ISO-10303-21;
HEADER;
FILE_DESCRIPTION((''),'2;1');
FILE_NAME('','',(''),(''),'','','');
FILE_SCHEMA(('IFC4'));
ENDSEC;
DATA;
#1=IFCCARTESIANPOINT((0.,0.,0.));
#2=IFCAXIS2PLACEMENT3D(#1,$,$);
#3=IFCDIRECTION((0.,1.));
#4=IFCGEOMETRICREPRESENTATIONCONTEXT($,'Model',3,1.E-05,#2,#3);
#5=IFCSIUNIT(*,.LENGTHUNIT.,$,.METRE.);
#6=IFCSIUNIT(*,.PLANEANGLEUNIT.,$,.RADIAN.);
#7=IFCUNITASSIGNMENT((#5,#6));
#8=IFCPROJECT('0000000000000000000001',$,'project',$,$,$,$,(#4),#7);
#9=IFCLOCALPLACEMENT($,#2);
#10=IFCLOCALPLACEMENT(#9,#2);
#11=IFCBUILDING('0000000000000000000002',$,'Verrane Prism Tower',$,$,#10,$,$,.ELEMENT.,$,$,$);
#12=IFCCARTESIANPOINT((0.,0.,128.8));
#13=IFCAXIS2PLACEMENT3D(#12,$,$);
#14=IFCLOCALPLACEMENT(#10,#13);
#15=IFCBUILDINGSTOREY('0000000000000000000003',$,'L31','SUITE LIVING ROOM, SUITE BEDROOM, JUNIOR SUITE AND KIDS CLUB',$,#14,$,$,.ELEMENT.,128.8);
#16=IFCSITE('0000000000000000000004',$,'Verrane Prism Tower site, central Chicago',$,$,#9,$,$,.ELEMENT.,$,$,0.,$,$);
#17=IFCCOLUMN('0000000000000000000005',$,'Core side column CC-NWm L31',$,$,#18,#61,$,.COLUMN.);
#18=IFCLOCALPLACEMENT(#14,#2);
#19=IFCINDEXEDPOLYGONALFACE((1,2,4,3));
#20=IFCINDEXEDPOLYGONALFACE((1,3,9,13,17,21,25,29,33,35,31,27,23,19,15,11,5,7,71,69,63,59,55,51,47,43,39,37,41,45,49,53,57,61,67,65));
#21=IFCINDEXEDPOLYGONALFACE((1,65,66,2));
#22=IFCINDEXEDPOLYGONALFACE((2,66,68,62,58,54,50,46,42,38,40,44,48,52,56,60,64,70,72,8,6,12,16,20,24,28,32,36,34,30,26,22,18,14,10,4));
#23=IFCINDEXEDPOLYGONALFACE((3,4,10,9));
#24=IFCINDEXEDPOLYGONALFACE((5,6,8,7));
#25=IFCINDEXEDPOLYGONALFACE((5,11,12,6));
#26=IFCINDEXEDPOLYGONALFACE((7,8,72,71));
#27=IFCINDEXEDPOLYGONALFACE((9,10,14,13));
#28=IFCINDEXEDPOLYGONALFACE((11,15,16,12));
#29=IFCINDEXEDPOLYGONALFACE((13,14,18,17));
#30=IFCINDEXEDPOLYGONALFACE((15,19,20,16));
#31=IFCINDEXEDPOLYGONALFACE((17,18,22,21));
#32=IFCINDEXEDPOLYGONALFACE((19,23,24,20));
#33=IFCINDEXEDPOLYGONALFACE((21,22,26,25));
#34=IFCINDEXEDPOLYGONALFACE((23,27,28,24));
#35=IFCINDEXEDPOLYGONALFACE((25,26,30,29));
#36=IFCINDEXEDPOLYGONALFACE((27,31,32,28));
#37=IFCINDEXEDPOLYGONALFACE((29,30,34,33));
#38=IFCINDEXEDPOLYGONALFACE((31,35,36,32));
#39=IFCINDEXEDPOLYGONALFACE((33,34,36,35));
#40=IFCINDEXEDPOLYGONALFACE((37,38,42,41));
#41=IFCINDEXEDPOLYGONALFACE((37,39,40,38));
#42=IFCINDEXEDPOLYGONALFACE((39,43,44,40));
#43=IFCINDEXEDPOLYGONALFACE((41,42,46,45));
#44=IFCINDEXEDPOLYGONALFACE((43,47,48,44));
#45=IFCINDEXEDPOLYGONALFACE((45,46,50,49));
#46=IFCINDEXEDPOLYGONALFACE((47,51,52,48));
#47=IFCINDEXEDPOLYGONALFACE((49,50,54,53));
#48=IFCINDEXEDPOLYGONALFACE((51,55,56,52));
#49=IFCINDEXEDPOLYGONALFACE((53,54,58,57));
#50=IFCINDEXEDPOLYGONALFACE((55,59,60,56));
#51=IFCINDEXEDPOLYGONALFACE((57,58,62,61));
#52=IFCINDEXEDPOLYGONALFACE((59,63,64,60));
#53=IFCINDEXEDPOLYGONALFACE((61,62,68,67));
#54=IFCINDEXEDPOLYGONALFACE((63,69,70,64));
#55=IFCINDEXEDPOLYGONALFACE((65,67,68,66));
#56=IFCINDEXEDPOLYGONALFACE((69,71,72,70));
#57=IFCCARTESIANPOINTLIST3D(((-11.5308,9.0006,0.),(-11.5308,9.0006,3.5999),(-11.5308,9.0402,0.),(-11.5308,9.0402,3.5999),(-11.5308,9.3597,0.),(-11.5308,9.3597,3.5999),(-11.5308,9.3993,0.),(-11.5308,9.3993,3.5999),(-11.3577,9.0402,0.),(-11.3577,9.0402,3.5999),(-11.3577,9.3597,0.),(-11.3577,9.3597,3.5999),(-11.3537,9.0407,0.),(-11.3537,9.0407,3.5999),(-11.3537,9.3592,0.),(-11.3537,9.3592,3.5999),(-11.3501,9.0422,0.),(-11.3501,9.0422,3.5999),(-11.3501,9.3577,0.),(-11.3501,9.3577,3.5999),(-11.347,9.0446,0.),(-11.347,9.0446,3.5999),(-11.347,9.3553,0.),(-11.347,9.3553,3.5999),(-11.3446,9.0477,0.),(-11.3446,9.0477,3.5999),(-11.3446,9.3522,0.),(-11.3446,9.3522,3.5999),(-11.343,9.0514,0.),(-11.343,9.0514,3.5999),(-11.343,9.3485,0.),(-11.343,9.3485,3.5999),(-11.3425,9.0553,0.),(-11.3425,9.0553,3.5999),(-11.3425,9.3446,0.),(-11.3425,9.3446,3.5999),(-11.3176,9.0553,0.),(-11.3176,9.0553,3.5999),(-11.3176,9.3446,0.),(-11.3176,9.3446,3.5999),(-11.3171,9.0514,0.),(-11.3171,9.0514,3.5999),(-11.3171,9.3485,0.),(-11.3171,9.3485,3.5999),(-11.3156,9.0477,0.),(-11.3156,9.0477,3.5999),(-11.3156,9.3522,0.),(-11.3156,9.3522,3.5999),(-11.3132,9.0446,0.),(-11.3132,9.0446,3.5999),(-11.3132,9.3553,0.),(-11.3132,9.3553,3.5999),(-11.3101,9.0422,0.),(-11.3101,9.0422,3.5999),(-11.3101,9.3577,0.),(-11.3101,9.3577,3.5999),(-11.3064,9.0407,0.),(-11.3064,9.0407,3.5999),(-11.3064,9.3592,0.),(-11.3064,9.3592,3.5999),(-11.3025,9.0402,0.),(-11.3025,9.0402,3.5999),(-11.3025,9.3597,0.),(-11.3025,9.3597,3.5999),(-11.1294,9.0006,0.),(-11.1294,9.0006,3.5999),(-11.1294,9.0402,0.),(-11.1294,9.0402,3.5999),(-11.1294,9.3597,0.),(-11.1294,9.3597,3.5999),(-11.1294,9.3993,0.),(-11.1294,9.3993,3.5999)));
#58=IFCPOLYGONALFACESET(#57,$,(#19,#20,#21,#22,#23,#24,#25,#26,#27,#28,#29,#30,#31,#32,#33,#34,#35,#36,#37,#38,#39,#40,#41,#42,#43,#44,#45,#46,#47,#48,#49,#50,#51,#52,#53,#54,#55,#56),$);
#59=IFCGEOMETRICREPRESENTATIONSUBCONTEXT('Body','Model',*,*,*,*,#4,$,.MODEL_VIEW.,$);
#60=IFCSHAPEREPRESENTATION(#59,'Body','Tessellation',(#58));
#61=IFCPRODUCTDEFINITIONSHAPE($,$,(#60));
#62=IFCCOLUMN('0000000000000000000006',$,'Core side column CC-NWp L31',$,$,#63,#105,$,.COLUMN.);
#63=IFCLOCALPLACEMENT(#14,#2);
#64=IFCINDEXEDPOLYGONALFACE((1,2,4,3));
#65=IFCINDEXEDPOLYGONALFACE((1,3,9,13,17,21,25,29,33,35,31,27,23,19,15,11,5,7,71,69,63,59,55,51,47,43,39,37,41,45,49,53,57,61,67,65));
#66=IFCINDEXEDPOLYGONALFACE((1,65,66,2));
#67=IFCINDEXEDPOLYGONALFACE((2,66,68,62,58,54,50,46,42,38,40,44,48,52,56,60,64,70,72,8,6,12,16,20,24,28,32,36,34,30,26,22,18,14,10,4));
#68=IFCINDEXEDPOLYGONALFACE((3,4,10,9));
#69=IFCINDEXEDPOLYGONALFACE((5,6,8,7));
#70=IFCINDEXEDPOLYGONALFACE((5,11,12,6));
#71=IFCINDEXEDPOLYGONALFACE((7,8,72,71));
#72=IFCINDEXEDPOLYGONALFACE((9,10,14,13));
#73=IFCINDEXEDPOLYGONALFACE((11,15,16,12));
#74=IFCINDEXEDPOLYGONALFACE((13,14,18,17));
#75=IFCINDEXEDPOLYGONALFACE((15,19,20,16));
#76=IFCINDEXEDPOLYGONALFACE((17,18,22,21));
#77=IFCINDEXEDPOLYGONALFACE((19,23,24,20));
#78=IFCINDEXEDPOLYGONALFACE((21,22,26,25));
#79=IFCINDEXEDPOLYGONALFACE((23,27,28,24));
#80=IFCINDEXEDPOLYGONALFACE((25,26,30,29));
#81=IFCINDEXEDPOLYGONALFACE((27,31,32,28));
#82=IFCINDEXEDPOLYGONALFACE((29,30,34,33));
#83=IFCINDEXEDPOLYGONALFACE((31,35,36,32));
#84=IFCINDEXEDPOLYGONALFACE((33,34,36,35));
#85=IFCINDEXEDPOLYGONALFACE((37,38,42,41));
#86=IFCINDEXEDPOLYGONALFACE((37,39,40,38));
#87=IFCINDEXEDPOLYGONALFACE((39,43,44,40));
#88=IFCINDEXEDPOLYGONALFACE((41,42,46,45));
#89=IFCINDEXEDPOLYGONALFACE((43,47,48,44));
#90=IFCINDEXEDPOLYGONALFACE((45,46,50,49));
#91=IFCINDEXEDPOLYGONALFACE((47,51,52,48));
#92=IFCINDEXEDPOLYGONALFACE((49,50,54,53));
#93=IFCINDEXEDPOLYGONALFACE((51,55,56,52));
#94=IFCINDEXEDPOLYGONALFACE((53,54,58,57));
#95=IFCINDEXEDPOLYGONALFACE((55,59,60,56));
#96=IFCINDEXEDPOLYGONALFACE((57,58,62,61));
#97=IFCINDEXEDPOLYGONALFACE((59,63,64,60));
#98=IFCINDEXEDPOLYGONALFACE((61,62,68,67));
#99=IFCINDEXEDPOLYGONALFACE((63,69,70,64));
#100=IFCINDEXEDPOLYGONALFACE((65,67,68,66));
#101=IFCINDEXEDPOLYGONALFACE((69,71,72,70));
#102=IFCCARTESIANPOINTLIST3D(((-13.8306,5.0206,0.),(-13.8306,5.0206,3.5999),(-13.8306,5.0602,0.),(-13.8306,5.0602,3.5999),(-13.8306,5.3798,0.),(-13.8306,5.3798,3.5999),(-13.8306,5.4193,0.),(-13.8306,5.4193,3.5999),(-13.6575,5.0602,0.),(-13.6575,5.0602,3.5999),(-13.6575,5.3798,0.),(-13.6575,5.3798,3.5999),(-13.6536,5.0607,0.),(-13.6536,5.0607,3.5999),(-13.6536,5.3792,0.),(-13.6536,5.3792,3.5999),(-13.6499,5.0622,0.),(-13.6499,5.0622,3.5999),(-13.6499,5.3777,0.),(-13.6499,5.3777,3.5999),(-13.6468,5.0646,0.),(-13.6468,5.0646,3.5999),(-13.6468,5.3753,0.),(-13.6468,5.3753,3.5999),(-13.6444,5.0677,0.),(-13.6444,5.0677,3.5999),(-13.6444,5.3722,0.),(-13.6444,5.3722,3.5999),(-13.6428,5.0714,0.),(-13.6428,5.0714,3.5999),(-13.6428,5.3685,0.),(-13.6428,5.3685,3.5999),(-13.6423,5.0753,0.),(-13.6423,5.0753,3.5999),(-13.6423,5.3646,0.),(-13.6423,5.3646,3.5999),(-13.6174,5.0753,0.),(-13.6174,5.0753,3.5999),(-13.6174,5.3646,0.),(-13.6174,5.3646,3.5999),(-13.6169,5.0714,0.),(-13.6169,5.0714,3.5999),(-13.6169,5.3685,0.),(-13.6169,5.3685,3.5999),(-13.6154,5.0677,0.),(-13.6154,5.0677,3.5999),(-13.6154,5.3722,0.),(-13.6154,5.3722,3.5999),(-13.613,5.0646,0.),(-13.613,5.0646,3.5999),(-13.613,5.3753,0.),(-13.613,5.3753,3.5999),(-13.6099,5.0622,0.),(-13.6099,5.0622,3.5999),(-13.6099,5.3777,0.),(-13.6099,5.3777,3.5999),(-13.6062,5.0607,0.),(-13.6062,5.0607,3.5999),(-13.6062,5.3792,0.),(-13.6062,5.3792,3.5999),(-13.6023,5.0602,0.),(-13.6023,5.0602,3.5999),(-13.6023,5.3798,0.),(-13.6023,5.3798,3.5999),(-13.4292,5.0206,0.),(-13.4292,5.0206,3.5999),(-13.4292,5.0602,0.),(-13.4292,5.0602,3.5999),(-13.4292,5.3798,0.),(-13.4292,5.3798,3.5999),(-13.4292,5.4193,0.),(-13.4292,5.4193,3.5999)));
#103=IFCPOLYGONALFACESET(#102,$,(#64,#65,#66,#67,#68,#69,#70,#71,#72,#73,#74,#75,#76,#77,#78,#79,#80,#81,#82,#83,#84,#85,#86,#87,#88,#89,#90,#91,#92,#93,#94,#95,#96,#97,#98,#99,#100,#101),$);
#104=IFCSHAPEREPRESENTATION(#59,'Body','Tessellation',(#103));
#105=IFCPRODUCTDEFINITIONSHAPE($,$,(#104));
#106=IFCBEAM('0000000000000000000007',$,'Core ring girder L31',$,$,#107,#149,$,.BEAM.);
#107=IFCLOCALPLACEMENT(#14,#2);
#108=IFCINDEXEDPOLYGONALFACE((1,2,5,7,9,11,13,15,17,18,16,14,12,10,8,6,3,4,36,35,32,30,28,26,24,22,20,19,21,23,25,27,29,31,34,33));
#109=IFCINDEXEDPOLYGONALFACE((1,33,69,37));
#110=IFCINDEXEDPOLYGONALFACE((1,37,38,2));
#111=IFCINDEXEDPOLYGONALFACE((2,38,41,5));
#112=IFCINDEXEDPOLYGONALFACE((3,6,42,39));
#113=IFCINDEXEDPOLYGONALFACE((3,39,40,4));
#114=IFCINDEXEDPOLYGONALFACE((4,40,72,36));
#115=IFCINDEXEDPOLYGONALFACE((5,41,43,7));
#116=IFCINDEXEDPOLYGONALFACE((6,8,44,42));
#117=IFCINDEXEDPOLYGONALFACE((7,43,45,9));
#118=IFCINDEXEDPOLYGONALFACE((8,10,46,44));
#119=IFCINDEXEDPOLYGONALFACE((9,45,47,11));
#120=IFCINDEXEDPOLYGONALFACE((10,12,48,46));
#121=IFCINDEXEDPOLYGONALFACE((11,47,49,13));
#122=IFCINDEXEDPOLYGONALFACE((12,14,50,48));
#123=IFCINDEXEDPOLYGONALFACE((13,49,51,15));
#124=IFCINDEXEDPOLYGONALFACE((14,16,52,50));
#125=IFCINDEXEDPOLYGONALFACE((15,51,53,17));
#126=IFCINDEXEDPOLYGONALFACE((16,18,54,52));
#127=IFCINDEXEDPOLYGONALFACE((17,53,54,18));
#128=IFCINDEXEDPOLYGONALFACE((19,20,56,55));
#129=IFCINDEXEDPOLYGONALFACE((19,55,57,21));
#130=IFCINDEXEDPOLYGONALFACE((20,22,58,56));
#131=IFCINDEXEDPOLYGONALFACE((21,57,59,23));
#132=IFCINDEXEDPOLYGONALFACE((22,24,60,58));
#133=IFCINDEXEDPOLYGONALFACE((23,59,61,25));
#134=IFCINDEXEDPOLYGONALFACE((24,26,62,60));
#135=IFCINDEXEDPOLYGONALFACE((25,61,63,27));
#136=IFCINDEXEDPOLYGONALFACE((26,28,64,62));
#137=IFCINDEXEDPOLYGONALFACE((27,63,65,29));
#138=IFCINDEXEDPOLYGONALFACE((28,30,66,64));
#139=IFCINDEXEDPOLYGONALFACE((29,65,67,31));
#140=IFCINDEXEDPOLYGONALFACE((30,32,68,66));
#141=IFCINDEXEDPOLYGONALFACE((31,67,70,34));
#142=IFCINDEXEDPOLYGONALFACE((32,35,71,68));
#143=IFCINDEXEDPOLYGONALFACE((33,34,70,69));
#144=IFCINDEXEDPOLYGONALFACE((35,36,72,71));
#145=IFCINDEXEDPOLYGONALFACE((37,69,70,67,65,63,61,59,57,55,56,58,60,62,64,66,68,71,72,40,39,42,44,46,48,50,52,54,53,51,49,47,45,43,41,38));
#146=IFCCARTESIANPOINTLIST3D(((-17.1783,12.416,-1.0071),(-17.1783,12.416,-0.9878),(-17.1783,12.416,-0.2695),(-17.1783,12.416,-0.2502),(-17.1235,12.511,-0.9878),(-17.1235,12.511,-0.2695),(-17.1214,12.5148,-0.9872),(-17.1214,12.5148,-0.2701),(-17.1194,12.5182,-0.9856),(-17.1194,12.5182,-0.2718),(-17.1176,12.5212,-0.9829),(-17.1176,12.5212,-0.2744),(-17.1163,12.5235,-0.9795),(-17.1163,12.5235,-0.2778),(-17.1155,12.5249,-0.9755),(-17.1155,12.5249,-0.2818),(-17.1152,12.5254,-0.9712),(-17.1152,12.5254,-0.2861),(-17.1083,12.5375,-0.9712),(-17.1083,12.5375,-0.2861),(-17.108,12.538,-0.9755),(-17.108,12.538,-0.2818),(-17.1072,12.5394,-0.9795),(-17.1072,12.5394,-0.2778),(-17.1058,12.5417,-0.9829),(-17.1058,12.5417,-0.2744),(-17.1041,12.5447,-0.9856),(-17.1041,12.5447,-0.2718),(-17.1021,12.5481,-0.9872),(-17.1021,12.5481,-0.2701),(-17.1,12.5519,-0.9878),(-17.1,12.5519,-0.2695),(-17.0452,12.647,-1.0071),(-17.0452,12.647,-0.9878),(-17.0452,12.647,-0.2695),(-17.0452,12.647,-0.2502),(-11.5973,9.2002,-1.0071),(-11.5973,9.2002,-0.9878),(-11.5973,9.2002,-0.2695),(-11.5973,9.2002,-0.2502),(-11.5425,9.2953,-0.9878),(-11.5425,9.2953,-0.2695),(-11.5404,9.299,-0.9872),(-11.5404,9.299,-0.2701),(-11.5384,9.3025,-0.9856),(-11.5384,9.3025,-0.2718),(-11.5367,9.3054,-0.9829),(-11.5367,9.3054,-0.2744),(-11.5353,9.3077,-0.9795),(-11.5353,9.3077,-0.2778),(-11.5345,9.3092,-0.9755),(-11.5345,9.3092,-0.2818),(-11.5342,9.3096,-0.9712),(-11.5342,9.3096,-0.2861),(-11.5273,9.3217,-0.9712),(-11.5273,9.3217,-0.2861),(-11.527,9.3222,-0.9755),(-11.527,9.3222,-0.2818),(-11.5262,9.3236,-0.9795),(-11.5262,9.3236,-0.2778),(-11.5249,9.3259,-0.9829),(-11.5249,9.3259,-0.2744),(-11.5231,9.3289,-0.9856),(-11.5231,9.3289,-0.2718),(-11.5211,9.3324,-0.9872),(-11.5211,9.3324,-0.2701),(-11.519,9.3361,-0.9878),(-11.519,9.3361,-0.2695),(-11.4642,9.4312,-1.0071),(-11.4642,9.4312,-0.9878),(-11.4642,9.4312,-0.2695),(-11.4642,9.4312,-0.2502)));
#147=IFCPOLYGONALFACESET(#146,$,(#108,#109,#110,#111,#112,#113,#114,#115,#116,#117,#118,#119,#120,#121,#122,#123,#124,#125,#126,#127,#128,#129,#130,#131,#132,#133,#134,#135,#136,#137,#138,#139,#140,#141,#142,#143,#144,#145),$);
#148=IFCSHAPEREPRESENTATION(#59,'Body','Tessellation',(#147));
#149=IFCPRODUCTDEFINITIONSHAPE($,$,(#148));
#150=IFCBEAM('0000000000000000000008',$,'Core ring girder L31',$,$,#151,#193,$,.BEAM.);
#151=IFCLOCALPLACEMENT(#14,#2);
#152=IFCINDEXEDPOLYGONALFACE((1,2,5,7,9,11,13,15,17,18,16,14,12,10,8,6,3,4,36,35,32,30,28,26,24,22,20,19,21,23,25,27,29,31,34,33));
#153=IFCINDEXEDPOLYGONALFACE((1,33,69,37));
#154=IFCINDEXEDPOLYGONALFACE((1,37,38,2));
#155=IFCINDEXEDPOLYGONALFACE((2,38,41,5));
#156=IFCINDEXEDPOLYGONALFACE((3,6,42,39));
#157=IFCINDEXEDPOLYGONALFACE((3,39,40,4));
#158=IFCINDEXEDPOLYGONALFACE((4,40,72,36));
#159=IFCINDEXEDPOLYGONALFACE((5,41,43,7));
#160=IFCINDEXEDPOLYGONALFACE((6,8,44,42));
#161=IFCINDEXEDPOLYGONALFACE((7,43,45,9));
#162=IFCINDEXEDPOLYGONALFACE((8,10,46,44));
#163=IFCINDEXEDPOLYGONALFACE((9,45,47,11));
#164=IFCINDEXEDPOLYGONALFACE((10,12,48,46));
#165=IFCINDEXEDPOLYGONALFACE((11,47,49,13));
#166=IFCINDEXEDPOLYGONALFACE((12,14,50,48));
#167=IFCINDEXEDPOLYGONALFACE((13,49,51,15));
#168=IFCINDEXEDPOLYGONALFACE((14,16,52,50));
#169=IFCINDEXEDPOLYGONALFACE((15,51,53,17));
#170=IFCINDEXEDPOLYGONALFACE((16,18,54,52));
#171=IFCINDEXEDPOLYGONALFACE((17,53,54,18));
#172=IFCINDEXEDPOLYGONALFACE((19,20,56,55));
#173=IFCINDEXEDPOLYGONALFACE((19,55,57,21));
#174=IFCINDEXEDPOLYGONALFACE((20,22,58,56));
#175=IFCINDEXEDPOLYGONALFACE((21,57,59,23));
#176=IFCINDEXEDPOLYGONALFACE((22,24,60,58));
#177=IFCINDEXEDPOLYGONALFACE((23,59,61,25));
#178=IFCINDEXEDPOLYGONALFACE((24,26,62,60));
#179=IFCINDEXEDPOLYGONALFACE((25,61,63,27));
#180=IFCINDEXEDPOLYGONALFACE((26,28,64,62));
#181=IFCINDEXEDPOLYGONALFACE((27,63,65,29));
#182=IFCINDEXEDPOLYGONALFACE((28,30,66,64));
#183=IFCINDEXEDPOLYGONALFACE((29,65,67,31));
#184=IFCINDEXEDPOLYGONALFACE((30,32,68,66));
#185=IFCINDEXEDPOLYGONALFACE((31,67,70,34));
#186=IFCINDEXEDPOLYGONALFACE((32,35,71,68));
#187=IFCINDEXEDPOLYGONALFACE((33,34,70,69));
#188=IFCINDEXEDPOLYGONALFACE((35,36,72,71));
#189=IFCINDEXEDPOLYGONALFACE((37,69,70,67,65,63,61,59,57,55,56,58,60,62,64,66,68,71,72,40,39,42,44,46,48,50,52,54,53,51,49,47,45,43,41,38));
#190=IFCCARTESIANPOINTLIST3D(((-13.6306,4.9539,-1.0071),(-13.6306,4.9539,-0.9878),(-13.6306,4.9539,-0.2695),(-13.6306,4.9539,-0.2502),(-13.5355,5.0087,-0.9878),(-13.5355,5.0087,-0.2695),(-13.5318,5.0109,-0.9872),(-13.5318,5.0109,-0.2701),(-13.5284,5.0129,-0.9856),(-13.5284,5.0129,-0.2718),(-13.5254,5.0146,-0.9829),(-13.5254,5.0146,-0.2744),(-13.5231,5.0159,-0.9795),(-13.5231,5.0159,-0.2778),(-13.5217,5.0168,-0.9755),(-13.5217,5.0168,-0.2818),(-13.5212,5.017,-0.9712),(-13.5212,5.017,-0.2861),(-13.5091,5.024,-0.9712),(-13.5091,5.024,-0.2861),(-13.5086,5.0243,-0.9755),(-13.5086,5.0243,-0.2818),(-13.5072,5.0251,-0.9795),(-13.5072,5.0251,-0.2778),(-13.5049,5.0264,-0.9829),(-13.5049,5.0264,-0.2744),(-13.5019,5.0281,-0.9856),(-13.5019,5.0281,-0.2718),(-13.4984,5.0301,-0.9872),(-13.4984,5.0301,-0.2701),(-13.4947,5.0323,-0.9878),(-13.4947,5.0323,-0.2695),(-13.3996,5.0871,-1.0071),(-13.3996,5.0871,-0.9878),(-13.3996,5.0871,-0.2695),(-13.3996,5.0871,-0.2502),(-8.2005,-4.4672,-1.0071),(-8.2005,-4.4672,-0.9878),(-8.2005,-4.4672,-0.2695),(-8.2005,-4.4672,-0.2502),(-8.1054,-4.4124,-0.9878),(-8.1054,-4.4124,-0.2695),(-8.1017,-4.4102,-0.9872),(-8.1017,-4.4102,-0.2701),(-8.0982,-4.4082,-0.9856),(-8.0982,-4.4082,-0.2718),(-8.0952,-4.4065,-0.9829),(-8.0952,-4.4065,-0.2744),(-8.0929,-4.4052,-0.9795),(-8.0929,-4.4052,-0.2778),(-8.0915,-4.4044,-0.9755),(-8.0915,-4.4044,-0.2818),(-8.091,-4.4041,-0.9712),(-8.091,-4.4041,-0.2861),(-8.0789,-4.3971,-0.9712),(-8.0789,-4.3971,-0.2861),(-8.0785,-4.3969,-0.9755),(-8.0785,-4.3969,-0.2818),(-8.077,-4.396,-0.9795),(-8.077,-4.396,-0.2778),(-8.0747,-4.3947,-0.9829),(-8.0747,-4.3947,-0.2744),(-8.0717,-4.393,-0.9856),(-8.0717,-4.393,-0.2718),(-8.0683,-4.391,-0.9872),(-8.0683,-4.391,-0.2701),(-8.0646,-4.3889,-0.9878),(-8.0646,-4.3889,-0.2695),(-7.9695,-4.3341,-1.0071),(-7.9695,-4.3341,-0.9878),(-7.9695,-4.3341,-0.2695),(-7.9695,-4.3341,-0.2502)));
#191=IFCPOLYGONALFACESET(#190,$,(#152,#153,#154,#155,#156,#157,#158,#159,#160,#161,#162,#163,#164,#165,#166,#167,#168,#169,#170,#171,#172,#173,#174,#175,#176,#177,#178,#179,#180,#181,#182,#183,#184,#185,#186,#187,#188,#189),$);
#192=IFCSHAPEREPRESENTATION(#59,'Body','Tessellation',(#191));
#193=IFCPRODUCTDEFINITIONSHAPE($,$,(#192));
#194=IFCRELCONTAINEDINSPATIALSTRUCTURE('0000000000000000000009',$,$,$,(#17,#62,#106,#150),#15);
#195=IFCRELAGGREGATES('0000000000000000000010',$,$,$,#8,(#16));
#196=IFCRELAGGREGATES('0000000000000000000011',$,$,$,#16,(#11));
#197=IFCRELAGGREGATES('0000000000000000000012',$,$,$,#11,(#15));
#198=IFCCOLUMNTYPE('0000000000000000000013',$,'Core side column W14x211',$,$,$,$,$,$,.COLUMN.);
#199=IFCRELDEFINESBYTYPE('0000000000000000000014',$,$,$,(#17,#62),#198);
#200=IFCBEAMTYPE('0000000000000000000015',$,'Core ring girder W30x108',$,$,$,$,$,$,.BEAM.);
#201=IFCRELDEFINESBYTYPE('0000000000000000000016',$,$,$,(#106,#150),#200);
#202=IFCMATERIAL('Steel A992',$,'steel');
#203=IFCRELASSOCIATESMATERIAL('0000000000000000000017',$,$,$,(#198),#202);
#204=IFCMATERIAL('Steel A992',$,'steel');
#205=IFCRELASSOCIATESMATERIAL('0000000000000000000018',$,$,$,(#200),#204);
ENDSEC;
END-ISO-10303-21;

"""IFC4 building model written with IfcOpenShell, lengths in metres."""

from ifc_helpers import new_model, si_unit, direction, frame, origin, origin_2d, place, context, subcontext, project, spatial, i_section, extrude, material, material_profile, profile_set, type_object, element, save


model = new_model("IFC4")

# Units and contexts
model_context = context("Model", 3, precision=1e-05, world=origin(), true_north=direction((0.0, 1.0)))
body_context = subcontext(model_context, "Body", "Model", "MODEL_VIEW")
ifc_project = project(units=[si_unit("LENGTHUNIT", "METRE"), si_unit("PLANEANGLEUNIT", "RADIAN")], contexts=[model_context])

# Site, building, storey
site_placement = place(None, origin())
site = spatial("IfcSite", under=ifc_project, at=site_placement, Name="Verrane Prism Tower site, central Chicago", CompositionType="ELEMENT", RefElevation=0.0)
building_placement = place(site_placement, origin())
building = spatial("IfcBuilding", under=site, at=building_placement, Name="Verrane Prism Tower", CompositionType="ELEMENT")
storey_placement = place(building_placement, frame((0.0, 0.0, 128.8)))
storey = spatial("IfcBuildingStorey", under=building, at=storey_placement, Name="L31", Description="SUITE LIVING ROOM, SUITE BEDROOM, JUNIOR SUITE AND KIDS CLUB", CompositionType="ELEMENT", Elevation=128.8)

# Columns
ifc_material_1 = material(Name="Steel A992", Category="steel")
ifc_material_profile_1 = material_profile(ifc_material_1, i_section(OverallWidth=0.4014, OverallDepth=0.3987, WebThickness=0.0249, FlangeThickness=0.0396, FilletRadius=0.0151, at=origin_2d()), Name="W14x211")
ifc_profile_set_1 = profile_set([ifc_material_profile_1], Name="Steel A992")
column_type = type_object("IfcColumnType", Name="Core side column W14x211", PredefinedType="COLUMN", material=ifc_profile_set_1)
for number, where, z_axis, x_axis, name in (
    (1, (-11.3301, 9.2, 0.0), (0.0, 0.0, 1.0), (1.0, 0.0, 0.0), "Core side column CC-NWm L31"),
    (2, (-13.6299, 5.22, 0.0), (0.0, 0.0, 1.0), (1.0, 0.0, 0.0), "Core side column CC-NWp L31"),
):
    element("IfcColumn", number, at=place(storey_placement, frame(where, z_axis=z_axis, x_axis=x_axis)), inside=storey, type_object=column_type, Name=name, PredefinedType="COLUMN", context=body_context, shape_type="SweptSolid", body=[
        extrude(i_section(OverallWidth=0.4014, OverallDepth=0.3987, WebThickness=0.0249, FlangeThickness=0.0396, FilletRadius=0.0151, at=origin_2d()), origin(), (0.0, 0.0, 1.0), 3.5999),
    ])

# Beams
ifc_material_2 = material(Name="Steel A992", Category="steel")
ifc_material_profile_2 = material_profile(ifc_material_2, i_section(OverallWidth=0.2666, OverallDepth=0.7568, WebThickness=0.0139, FlangeThickness=0.0193, FilletRadius=0.0166, at=origin_2d()), Name="W30x108")
ifc_profile_set_2 = profile_set([ifc_material_profile_2], Name="Steel A992")
beam_type = type_object("IfcBeamType", Name="Core ring girder W30x108", PredefinedType="BEAM", material=ifc_profile_set_2)
beam_1_placement = place(storey_placement, frame((-11.5308, 9.3157, -0.6287), z_axis=(-0.866456, 0.499254, 0.0), x_axis=(-0.499254, -0.866456, 0.0)))
element("IfcBeam", 3, at=beam_1_placement, inside=storey, type_object=beam_type, Name="Core ring girder L31", PredefinedType="BEAM", context=body_context, shape_type="SweptSolid", body=[
    extrude(i_section(OverallWidth=0.2666, OverallDepth=0.7568, WebThickness=0.0139, FlangeThickness=0.0193, FilletRadius=0.0166, at=origin_2d()), origin(), (0.0, 0.0, 1.0), 6.4412),
])
beam_2_placement = place(storey_placement, frame((-13.5151, 5.0205, -0.6287), z_axis=(0.499371, -0.866388, 0.0), x_axis=(0.866388, 0.499371, 0.0)))
element("IfcBeam", 4, at=beam_2_placement, inside=storey, type_object=beam_type, Name="Core ring girder L31", PredefinedType="BEAM", context=body_context, shape_type="SweptSolid", body=[
    extrude(i_section(OverallWidth=0.2666, OverallDepth=0.7568, WebThickness=0.0139, FlangeThickness=0.0193, FilletRadius=0.0166, at=origin_2d()), origin(), (0.0, 0.0, 1.0), 10.874),
])

save(model, "model.ifc")
